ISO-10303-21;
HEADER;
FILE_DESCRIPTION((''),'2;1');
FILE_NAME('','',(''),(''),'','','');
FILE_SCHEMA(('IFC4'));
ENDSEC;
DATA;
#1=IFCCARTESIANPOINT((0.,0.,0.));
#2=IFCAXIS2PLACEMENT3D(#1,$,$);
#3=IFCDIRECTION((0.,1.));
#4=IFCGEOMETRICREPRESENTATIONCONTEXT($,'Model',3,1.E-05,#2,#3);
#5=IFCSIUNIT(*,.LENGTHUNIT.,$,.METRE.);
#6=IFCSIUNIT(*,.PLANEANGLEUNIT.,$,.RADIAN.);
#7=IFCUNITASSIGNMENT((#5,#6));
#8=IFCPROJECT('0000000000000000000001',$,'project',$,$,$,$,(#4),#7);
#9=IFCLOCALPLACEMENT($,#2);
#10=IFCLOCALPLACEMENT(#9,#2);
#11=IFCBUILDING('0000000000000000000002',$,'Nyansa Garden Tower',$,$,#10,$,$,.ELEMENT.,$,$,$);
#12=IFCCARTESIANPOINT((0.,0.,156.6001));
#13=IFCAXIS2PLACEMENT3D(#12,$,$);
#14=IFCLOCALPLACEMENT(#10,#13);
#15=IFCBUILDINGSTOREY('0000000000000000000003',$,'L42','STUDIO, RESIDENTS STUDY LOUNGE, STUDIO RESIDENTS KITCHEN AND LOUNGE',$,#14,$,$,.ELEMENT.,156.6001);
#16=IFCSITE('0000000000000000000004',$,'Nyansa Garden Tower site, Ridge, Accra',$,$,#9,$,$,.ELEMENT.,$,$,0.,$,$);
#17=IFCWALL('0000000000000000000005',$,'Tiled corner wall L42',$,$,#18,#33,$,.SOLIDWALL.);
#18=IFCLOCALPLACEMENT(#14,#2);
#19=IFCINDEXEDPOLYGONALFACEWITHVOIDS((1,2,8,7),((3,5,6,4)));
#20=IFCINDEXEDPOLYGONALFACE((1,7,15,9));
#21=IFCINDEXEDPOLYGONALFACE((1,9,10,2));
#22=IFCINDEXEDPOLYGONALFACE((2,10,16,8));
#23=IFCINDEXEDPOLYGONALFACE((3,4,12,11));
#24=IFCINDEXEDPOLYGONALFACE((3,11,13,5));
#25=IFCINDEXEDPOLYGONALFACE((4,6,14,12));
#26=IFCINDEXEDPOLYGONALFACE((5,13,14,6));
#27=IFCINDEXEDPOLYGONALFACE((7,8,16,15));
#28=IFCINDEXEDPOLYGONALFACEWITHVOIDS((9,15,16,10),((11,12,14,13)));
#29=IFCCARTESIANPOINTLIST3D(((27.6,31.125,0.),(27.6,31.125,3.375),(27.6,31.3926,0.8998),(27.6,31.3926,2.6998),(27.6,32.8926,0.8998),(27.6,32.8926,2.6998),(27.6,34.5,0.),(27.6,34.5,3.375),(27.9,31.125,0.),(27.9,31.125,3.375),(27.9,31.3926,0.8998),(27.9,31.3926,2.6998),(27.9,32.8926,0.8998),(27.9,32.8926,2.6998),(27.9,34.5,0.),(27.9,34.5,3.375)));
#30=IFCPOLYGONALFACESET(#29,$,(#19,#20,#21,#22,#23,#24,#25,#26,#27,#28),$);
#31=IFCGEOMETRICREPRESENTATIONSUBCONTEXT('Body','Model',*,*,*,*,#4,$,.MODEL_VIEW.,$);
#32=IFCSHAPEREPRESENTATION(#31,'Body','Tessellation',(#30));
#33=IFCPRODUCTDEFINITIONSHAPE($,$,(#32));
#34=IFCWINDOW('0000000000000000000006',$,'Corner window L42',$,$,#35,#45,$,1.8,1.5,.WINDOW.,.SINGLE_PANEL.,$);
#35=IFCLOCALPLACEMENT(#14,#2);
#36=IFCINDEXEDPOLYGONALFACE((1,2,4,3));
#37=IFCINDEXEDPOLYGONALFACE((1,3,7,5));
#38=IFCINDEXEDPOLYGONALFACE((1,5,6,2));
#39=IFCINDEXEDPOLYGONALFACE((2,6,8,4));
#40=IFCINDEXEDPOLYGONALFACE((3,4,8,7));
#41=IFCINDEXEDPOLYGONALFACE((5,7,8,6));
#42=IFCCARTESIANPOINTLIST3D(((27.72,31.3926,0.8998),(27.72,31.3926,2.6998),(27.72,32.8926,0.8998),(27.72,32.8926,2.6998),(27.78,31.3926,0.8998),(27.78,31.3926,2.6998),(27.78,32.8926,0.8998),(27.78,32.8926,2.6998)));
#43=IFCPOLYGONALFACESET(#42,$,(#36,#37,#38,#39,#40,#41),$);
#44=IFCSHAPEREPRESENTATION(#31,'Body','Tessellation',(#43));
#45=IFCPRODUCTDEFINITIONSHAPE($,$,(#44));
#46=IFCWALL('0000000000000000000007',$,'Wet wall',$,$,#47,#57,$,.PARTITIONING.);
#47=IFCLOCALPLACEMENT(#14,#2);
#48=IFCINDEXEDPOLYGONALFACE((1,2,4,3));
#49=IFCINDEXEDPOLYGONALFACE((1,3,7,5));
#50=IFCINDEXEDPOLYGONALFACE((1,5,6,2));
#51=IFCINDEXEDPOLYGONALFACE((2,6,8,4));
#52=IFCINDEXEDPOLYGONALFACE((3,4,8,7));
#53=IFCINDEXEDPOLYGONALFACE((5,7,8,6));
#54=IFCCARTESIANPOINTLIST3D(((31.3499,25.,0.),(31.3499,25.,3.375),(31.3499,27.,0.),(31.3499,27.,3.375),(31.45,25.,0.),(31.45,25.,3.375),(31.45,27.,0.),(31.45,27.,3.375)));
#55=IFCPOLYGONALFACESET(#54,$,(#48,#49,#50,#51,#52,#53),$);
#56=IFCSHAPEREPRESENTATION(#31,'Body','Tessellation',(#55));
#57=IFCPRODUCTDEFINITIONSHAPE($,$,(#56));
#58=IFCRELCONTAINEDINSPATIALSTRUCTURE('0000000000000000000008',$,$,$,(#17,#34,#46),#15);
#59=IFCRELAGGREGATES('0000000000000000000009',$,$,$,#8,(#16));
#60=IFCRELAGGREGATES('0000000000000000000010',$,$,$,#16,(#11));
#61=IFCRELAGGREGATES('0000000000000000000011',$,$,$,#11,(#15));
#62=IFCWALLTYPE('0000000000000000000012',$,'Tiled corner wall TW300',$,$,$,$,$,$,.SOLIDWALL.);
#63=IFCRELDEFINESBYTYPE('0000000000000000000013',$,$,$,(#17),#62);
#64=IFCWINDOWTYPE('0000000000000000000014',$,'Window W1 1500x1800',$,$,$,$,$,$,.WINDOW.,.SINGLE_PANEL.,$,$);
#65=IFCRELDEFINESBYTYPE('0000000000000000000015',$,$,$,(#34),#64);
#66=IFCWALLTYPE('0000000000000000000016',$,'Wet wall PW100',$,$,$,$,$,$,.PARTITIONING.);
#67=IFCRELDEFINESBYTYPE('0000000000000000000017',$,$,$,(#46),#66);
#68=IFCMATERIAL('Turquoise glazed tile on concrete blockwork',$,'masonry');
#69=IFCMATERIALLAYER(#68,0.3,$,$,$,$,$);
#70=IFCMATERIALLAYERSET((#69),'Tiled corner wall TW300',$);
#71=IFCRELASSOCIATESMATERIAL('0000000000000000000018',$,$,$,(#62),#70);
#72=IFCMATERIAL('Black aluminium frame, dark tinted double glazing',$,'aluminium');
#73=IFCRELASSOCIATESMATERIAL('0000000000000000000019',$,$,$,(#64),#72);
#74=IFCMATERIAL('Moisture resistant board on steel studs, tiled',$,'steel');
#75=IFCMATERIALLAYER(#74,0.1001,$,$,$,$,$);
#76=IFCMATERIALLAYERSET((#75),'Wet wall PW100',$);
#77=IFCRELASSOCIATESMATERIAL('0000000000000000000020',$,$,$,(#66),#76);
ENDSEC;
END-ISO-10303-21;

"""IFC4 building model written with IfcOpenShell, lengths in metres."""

from ifc_helpers import new_model, si_unit, direction, frame, frame_2d, origin, place, context, subcontext, project, spatial, rectangle, extrude, material, layer, layer_set, type_object, element, fill, save


model = new_model("IFC4")

# Units and contexts
model_context = context("Model", 3, precision=1e-05, world=origin(), true_north=direction((0.0, 1.0)))
body_context = subcontext(model_context, "Body", "Model", "MODEL_VIEW")
ifc_project = project(units=[si_unit("LENGTHUNIT", "METRE"), si_unit("PLANEANGLEUNIT", "RADIAN")], contexts=[model_context])

# Site, building, storey
site_placement = place(None, origin())
site = spatial("IfcSite", under=ifc_project, at=site_placement, Name="Nyansa Garden Tower site, Ridge, Accra", CompositionType="ELEMENT", RefElevation=0.0)
building_placement = place(site_placement, origin())
building = spatial("IfcBuilding", under=site, at=building_placement, Name="Nyansa Garden Tower", CompositionType="ELEMENT")
storey_placement = place(building_placement, frame((0.0, 0.0, 156.6001)))
storey = spatial("IfcBuildingStorey", under=building, at=storey_placement, Name="L42", Description="STUDIO, RESIDENTS STUDY LOUNGE, STUDIO RESIDENTS KITCHEN AND LOUNGE", CompositionType="ELEMENT", Elevation=156.6001)

# Wall, opening, window
ifc_material_1 = material(Name="Turquoise glazed tile on concrete blockwork", Category="masonry")
ifc_layer_1 = layer(ifc_material_1, 0.3)
ifc_layer_set_1 = layer_set([ifc_layer_1], Name="Tiled corner wall TW300")
wall_type_1 = type_object("IfcWallType", Name="Tiled corner wall TW300", PredefinedType="SOLIDWALL", material=ifc_layer_set_1)
ifc_material_2 = material(Name="Black aluminium frame, dark tinted double glazing", Category="aluminium")
window_type_1 = type_object("IfcWindowType", Name="Window W1 1500x1800", PartitioningType="SINGLE_PANEL", PredefinedType="WINDOW", material=ifc_material_2)
wall_1_placement = place(storey_placement, frame((27.75, 31.125, 0.0), z_axis=(0.0, 0.0, 1.0), x_axis=(0.0, 1.0, 0.0)))
wall_1 = element("IfcWall", 1, at=wall_1_placement, inside=storey, type_object=wall_type_1, Name="Tiled corner wall L42", PredefinedType="SOLIDWALL", context=body_context, shape_type="SweptSolid", body=[
    extrude(rectangle(XDim=3.375, YDim=0.3, at=frame_2d((1.6875, 0.0))), origin(), (0.0, 0.0, 1.0), 3.375),
])
opening_1_placement = place(wall_1_placement, frame((0.2676, 0.0, 0.8999)))
opening_1 = element("IfcOpeningElement", 2, at=opening_1_placement, cuts=wall_1, PredefinedType="OPENING", context=body_context, shape_type="SweptSolid", body=[
    extrude(rectangle(XDim=1.5, YDim=1.8, at=frame_2d((0.75, 0.8999))), frame((0.0, 0.1599, 0.0), z_axis=(0.0, -1.0, 0.0), x_axis=(1.0, 0.0, 0.0)), (0.0, 0.0, 1.0), 0.3201),
])
window_1_placement = place(opening_1_placement, origin())
window_1 = element("IfcWindow", 3, at=window_1_placement, inside=storey, type_object=window_type_1, Name="Corner window L42", OverallHeight=1.8, OverallWidth=1.5, PartitioningType="SINGLE_PANEL", PredefinedType="WINDOW", context=body_context, shape_type="SweptSolid", body=[
    extrude(rectangle(XDim=1.5, YDim=1.8, at=frame_2d((0.75, 0.8999))), frame((0.0, 0.03, 0.0), z_axis=(0.0, -1.0, 0.0), x_axis=(1.0, 0.0, 0.0)), (0.0, 0.0, 1.0), 0.0601),
])
fill(opening_1, window_1)

# Wall
ifc_material_3 = material(Name="Moisture resistant board on steel studs, tiled", Category="steel")
ifc_layer_2 = layer(ifc_material_3, 0.1001)
ifc_layer_set_2 = layer_set([ifc_layer_2], Name="Wet wall PW100")
wall_type_2 = type_object("IfcWallType", Name="Wet wall PW100", PredefinedType="PARTITIONING", material=ifc_layer_set_2)
wall_2_placement = place(storey_placement, frame((31.3999, 25.0, 0.0), z_axis=(0.0, 0.0, 1.0), x_axis=(0.0, 1.0, 0.0)))
element("IfcWall", 4, at=wall_2_placement, inside=storey, type_object=wall_type_2, Name="Wet wall", PredefinedType="PARTITIONING", context=body_context, shape_type="SweptSolid", body=[
    extrude(rectangle(XDim=2.0, YDim=0.1001, at=frame_2d((1.0, 0.0))), origin(), (0.0, 0.0, 1.0), 3.375),
])

save(model, "model.ifc")
